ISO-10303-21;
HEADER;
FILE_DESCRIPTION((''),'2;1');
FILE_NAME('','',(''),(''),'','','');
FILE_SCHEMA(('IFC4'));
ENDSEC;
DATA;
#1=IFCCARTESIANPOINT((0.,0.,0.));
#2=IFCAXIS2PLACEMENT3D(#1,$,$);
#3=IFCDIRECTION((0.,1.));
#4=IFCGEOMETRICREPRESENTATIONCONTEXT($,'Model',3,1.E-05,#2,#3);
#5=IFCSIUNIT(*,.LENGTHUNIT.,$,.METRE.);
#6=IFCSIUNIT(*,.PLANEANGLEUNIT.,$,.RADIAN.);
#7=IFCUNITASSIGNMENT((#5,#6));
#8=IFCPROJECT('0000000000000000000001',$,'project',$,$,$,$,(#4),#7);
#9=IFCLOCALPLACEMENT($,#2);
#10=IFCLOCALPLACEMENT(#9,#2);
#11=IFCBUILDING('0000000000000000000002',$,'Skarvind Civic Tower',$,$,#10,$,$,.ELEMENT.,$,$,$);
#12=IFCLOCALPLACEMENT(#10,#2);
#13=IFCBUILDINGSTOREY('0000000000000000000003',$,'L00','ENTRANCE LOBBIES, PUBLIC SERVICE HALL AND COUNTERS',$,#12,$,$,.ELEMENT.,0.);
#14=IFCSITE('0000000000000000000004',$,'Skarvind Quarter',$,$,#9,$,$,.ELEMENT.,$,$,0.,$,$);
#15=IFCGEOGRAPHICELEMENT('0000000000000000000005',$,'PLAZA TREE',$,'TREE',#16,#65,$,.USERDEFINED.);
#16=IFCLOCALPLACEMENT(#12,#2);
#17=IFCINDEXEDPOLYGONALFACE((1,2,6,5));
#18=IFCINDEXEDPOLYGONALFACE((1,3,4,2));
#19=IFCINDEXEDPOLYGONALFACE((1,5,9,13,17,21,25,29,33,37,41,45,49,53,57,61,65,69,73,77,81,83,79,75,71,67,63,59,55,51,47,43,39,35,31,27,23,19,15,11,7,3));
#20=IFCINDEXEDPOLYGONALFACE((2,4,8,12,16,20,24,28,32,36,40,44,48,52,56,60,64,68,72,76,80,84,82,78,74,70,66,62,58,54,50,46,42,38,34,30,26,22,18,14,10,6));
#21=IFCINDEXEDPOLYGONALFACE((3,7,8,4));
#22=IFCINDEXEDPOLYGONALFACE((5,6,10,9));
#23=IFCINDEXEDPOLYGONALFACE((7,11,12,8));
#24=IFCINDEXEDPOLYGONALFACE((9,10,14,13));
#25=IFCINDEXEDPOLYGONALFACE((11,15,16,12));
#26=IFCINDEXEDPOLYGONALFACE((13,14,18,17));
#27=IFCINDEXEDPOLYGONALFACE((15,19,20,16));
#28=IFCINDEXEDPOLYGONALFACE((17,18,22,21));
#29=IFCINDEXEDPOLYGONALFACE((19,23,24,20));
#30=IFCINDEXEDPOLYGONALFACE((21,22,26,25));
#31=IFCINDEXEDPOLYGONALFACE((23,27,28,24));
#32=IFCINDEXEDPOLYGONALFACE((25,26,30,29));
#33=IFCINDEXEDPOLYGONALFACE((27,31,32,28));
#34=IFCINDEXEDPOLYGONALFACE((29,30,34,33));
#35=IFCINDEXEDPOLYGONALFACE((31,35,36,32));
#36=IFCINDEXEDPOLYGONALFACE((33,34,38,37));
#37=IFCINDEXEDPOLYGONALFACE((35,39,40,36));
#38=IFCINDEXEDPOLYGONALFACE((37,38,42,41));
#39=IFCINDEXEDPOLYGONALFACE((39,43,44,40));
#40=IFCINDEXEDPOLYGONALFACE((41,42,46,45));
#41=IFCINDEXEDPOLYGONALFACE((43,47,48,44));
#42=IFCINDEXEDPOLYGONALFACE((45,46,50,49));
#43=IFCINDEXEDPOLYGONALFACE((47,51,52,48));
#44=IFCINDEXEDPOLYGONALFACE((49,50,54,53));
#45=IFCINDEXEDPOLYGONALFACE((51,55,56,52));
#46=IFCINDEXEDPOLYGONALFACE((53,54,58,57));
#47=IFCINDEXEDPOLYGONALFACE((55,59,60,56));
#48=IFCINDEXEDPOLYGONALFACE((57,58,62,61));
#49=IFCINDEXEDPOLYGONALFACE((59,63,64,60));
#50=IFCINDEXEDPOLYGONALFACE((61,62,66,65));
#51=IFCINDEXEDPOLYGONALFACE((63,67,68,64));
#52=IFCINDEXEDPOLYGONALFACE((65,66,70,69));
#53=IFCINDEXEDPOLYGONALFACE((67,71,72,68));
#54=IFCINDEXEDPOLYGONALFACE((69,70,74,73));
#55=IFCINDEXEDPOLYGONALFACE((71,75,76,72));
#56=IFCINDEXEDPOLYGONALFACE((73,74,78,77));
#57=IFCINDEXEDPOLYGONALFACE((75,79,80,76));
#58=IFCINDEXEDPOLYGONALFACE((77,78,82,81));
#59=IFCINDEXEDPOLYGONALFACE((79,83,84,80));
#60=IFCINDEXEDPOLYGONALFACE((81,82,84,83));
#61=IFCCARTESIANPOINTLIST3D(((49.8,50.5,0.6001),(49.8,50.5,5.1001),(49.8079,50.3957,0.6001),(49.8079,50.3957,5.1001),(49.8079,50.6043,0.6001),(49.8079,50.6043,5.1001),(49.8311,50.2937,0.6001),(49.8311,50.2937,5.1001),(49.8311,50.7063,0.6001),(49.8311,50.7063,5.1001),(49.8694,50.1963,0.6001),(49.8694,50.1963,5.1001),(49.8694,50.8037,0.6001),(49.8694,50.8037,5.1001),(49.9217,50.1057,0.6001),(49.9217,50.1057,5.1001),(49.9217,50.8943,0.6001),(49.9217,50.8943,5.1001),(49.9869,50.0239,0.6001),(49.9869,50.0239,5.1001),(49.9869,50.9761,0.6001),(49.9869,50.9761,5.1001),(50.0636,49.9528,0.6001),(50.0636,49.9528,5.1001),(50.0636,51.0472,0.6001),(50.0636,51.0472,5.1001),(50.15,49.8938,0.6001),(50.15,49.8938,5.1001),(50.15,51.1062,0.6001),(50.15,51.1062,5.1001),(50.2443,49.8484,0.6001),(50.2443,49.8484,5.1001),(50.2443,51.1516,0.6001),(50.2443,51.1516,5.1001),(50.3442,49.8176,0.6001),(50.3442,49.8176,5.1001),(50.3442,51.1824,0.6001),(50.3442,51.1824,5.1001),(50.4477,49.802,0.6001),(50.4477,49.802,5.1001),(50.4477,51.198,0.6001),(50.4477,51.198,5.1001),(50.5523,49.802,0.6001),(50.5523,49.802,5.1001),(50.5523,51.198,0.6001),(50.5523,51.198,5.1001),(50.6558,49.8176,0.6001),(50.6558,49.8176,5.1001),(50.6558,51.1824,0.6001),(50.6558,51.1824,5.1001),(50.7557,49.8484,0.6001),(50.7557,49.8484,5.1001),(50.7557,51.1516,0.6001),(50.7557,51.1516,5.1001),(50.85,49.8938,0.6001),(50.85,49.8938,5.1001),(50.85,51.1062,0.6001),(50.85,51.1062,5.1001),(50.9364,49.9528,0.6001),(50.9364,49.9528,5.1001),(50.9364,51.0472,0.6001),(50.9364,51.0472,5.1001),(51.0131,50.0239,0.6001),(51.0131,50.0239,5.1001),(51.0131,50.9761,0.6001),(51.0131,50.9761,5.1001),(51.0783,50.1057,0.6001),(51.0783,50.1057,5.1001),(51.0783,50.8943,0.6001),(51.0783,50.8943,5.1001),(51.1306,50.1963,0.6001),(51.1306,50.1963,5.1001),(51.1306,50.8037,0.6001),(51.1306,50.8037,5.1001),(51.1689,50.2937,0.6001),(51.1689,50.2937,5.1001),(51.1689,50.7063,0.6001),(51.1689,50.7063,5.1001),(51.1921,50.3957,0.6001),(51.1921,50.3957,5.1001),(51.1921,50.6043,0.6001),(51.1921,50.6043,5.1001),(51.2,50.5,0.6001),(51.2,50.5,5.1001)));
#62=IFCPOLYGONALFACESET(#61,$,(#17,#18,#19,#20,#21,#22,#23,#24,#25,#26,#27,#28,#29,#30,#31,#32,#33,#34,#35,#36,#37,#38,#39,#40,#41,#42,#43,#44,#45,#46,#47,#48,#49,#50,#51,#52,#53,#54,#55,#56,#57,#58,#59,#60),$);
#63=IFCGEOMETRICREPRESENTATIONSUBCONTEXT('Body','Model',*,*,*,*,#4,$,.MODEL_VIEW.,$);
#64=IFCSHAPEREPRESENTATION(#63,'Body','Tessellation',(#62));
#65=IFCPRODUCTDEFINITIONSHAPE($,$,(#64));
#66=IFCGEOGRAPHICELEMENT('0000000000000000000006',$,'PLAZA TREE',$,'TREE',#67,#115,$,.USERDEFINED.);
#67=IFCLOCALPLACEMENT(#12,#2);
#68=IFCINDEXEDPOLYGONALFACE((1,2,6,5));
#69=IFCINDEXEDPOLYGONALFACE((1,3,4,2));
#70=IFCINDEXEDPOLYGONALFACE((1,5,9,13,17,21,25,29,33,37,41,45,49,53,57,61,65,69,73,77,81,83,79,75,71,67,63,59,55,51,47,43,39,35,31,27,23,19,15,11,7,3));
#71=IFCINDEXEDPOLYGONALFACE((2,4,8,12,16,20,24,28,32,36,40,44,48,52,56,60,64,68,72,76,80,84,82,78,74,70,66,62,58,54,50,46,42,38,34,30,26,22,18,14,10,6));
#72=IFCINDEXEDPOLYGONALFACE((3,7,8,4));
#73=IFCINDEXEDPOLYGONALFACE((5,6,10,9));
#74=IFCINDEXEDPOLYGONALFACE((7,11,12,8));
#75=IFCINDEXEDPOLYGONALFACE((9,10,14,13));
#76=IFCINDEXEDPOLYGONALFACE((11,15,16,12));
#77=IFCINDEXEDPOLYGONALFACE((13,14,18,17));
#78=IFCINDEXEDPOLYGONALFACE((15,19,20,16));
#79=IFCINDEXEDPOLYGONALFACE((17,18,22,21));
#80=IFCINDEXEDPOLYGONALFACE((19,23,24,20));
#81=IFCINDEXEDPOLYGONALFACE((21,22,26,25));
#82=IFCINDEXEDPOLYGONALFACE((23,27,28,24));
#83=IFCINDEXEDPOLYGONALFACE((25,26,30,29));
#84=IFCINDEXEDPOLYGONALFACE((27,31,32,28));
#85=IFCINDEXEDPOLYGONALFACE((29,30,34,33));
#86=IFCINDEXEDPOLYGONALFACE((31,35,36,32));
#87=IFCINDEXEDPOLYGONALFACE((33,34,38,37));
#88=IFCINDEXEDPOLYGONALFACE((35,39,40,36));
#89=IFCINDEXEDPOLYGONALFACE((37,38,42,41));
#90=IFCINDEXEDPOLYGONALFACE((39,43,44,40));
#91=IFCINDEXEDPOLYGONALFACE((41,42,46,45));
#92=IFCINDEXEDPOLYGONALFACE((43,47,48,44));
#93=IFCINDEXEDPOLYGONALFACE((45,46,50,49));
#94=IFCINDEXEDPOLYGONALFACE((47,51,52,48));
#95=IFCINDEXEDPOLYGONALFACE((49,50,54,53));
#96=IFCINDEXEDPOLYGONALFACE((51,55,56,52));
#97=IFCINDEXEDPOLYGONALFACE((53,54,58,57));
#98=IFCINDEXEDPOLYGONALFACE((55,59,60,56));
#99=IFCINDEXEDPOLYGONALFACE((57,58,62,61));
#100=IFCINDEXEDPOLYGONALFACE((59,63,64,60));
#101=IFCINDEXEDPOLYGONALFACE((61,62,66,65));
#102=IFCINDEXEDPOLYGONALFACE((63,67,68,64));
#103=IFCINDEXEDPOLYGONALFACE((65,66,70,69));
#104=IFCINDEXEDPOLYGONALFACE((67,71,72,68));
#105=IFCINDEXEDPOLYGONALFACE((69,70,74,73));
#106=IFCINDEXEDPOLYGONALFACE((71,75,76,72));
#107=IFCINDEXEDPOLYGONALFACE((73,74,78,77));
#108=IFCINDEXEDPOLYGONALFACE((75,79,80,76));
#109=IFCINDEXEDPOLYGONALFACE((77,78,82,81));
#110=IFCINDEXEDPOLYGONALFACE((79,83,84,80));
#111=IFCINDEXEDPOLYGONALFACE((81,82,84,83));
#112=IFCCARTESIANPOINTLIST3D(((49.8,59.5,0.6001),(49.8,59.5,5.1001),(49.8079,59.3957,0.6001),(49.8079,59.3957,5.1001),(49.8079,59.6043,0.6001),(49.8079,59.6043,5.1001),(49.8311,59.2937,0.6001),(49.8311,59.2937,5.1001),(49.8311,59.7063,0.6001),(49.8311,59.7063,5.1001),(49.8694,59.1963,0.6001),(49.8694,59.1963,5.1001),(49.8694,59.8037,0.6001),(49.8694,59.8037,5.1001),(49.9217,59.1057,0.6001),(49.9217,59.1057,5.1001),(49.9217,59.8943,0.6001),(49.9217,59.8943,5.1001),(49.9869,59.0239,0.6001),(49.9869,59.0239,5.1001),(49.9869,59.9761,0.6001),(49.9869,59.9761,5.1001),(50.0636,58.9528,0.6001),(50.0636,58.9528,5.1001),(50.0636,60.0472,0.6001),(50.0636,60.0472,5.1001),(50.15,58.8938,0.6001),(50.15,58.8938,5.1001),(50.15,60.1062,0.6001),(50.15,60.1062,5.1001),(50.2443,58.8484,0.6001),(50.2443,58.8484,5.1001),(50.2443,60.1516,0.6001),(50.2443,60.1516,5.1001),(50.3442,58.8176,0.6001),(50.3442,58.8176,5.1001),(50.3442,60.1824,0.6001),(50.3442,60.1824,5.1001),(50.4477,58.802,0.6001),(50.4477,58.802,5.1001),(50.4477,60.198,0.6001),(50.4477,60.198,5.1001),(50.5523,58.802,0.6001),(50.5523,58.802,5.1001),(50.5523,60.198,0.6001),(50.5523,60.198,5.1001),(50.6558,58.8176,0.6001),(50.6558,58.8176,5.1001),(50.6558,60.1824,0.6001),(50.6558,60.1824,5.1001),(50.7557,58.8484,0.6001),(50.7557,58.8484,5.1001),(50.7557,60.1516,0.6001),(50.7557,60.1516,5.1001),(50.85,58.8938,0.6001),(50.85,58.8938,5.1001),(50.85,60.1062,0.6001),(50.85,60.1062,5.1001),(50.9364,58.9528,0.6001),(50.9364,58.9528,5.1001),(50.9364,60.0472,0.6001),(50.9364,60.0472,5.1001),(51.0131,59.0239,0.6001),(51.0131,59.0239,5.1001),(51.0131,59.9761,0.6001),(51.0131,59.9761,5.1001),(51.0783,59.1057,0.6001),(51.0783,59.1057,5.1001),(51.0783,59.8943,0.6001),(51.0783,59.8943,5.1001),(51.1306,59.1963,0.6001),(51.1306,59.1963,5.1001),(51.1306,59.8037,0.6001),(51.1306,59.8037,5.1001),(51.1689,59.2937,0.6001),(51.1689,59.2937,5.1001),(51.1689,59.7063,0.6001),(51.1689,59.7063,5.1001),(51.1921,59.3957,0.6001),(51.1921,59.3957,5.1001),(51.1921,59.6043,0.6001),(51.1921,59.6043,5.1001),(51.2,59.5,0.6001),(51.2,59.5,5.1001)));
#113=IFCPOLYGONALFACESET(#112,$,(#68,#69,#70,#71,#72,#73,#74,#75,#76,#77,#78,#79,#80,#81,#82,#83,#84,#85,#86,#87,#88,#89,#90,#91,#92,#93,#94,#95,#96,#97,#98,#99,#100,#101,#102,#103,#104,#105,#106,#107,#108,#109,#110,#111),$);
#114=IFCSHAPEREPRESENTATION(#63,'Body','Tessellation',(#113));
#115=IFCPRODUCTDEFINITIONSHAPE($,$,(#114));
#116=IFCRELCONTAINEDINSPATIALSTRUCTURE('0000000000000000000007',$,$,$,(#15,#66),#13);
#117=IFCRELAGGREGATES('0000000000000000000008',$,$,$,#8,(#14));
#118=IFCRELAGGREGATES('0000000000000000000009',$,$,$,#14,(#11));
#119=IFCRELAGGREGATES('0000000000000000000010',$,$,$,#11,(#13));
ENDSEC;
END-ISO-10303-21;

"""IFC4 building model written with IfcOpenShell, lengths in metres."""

from ifc_helpers import new_model, si_unit, direction, frame, origin, origin_2d, place, context, subcontext, project, spatial, circle, extrude, element, save


model = new_model("IFC4")

# Units and contexts
model_context = context("Model", 3, precision=1e-05, world=origin(), true_north=direction((0.0, 1.0)))
body_context = subcontext(model_context, "Body", "Model", "MODEL_VIEW")
ifc_project = project(units=[si_unit("LENGTHUNIT", "METRE"), si_unit("PLANEANGLEUNIT", "RADIAN")], contexts=[model_context])

# Site, building, storey
site_placement = place(None, origin())
site = spatial("IfcSite", under=ifc_project, at=site_placement, Name="Skarvind Quarter", CompositionType="ELEMENT", RefElevation=0.0)
building_placement = place(site_placement, origin())
building = spatial("IfcBuilding", under=site, at=building_placement, Name="Skarvind Civic Tower", CompositionType="ELEMENT")
storey_placement = place(building_placement, origin())
storey = spatial("IfcBuildingStorey", under=building, at=storey_placement, Name="L00", Description="ENTRANCE LOBBIES, PUBLIC SERVICE HALL AND COUNTERS", CompositionType="ELEMENT", Elevation=0.0)

# Geographic elements
for number, where, z_axis, x_axis, name in (
    (1, (50.5, 50.5, 0.6001), (0.0, 0.0, 1.0), (1.0, 0.0, 0.0), "PLAZA TREE"),
    (2, (50.5, 59.5, 0.6001), (0.0, 0.0, 1.0), (1.0, 0.0, 0.0), "PLAZA TREE"),
):
    element("IfcGeographicElement", number, at=place(storey_placement, frame(where, z_axis=z_axis, x_axis=x_axis)), inside=storey, Name=name, ObjectType="TREE", PredefinedType="USERDEFINED", context=body_context, shape_type="SweptSolid", body=[
        extrude(circle(Radius=0.7, at=origin_2d()), origin(), (0.0, 0.0, 1.0), 4.5),
    ])

save(model, "model.ifc")
